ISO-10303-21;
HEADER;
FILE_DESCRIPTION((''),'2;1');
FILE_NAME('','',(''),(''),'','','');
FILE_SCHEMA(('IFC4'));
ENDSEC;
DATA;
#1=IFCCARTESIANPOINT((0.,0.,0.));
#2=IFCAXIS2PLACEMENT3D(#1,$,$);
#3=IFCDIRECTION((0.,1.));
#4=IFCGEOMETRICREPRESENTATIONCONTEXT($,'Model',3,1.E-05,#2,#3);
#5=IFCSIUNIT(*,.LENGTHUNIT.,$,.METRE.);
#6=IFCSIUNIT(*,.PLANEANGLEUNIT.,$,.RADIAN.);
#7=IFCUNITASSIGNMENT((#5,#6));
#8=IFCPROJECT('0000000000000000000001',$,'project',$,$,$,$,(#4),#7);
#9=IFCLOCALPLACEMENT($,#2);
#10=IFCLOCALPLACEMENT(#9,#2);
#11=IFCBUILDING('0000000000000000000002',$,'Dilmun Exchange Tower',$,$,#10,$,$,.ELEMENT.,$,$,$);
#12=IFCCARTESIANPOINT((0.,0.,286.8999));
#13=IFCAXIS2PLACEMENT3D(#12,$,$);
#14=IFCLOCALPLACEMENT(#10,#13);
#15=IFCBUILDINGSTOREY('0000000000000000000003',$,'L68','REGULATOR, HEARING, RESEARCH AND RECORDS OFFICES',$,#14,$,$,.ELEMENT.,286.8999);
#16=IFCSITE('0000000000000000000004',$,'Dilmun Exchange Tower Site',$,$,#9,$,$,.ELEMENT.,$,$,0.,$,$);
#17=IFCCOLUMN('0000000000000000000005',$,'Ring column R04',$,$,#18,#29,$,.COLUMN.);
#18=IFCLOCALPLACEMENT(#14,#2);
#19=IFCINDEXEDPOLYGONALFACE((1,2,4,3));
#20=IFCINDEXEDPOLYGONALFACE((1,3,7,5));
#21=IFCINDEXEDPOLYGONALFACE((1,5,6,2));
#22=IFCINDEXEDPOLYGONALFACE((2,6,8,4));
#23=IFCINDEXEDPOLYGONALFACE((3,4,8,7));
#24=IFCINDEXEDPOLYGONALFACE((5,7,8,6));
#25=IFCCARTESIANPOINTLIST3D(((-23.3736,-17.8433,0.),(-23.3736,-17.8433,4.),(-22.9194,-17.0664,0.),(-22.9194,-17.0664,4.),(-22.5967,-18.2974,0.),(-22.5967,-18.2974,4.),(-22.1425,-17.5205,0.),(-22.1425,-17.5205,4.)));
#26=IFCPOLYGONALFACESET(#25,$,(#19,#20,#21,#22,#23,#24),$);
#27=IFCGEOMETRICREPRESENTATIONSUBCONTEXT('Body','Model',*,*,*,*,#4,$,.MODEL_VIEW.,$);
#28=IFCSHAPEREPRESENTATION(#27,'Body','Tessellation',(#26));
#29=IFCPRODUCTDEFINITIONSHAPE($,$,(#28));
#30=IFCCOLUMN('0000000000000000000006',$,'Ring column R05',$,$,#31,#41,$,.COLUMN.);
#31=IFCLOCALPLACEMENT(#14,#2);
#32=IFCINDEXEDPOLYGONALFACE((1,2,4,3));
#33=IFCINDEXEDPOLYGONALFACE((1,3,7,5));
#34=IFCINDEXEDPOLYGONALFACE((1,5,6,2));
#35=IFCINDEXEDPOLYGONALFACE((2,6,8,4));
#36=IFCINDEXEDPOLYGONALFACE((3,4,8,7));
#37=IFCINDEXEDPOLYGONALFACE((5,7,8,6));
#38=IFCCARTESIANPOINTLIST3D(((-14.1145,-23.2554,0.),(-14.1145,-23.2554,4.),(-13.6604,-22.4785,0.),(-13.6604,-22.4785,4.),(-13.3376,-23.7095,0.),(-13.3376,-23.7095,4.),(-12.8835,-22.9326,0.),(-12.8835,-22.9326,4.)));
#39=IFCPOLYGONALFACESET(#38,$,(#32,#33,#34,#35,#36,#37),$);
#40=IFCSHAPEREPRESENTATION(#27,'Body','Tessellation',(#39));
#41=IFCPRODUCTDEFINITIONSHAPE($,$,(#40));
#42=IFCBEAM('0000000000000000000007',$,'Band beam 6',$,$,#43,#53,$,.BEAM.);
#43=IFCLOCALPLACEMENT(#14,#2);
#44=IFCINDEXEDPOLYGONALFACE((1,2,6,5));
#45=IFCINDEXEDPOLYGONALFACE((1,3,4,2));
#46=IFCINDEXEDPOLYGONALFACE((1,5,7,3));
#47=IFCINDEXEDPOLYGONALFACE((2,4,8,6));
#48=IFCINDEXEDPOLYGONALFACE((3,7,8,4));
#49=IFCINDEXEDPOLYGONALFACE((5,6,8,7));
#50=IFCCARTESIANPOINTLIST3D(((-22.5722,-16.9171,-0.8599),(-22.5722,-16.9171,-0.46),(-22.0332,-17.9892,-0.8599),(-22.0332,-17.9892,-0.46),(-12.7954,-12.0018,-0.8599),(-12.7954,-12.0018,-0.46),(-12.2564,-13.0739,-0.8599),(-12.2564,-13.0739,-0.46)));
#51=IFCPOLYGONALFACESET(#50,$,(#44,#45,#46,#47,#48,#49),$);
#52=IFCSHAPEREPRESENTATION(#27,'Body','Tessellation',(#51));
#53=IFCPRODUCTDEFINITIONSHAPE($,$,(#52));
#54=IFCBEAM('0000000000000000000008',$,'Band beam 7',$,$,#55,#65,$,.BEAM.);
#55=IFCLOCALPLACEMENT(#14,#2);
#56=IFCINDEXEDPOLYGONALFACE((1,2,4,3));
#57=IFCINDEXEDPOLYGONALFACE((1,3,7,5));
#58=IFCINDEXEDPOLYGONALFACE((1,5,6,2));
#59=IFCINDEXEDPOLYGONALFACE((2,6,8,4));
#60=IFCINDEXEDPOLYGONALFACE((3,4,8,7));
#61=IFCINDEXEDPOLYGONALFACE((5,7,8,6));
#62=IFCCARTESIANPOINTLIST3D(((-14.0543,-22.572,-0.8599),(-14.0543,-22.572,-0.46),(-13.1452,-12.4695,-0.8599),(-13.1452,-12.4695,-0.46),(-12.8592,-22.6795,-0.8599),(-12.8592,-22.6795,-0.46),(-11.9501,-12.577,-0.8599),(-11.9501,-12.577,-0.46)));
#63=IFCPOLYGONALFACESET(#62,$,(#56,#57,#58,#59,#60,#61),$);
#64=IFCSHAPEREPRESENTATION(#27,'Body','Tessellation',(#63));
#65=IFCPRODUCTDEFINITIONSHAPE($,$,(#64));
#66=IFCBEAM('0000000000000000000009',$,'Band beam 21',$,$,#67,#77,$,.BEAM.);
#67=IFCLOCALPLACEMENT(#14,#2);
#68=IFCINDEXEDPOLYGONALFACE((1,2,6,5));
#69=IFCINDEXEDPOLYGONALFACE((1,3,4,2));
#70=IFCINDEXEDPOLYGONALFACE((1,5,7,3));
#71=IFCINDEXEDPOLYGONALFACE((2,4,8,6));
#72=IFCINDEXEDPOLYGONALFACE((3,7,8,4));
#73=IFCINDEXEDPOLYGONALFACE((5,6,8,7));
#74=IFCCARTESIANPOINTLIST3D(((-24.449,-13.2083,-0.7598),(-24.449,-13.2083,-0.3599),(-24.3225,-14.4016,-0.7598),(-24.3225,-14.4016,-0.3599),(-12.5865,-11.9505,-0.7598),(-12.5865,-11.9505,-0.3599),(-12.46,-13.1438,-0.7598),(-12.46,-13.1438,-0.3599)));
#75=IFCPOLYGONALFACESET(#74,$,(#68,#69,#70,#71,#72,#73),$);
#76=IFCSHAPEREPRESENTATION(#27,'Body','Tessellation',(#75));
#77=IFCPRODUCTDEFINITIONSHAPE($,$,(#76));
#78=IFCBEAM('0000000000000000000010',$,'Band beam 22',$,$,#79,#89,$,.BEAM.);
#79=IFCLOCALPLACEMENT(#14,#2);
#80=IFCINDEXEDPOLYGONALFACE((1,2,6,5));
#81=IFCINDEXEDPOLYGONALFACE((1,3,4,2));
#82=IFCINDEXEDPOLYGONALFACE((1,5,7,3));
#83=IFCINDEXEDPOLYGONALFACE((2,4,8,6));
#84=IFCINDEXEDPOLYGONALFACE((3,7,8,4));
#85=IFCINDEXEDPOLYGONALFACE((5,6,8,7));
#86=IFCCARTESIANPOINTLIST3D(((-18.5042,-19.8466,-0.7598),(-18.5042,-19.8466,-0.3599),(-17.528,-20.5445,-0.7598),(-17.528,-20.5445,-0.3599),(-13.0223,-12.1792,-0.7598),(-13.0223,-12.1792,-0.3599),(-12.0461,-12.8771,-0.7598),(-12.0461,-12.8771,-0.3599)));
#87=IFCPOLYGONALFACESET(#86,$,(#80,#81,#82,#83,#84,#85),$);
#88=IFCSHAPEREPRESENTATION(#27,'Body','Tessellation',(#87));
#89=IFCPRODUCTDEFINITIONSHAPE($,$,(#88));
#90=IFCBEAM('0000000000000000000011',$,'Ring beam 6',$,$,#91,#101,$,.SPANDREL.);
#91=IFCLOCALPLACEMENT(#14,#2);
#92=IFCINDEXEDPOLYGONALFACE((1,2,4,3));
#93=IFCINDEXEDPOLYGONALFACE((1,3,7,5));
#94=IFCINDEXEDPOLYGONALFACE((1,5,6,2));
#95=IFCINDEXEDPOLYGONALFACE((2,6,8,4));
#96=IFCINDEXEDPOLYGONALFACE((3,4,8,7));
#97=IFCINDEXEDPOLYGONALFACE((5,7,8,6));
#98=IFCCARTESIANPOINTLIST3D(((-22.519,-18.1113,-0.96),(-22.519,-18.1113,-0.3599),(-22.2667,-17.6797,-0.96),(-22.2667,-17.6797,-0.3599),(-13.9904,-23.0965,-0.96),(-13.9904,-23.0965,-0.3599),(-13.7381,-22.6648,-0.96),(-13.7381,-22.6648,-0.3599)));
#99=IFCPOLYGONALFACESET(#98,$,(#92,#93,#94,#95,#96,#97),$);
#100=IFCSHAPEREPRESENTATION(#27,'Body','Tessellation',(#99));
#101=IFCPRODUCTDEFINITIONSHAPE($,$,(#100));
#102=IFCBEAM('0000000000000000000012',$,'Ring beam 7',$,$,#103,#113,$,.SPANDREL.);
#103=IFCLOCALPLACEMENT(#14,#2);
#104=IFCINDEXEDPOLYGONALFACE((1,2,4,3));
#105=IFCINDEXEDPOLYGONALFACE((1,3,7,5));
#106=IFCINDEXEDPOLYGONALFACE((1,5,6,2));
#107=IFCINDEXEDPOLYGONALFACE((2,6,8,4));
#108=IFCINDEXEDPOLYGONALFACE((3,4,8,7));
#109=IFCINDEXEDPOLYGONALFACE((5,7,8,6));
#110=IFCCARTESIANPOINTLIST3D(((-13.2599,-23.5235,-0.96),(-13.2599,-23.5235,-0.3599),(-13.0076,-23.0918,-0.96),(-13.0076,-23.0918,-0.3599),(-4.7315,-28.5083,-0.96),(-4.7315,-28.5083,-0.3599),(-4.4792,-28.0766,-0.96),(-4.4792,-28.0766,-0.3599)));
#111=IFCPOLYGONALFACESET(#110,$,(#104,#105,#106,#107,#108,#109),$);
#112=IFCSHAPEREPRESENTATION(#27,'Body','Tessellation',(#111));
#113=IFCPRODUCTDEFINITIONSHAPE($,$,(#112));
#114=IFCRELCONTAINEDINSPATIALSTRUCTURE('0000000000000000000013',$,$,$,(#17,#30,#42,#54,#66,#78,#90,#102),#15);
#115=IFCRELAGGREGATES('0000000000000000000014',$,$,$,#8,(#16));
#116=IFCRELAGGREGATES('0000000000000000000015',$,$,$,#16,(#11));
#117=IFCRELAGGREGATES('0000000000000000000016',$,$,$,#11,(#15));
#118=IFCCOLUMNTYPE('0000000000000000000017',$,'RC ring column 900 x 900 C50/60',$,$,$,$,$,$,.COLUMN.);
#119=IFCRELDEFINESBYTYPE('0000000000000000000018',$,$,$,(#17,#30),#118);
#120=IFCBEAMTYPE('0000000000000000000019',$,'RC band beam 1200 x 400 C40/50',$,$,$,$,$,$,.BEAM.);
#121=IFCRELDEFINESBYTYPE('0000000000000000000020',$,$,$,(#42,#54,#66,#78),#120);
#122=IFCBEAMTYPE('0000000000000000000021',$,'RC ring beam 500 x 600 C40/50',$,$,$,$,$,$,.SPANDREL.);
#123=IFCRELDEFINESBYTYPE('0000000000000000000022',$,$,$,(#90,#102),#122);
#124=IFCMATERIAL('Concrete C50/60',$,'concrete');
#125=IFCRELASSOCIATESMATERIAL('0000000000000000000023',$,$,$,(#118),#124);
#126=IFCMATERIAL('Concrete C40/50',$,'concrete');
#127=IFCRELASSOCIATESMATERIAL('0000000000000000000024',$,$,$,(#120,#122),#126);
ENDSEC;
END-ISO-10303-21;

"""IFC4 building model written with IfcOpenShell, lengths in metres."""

from ifc_helpers import new_model, si_unit, direction, frame, origin, origin_2d, place, context, subcontext, project, spatial, rectangle, extrude, material, material_profile, profile_set, type_object, element, save


model = new_model("IFC4")

# Units and contexts
model_context = context("Model", 3, precision=1e-05, world=origin(), true_north=direction((0.0, 1.0)))
body_context = subcontext(model_context, "Body", "Model", "MODEL_VIEW")
ifc_project = project(units=[si_unit("LENGTHUNIT", "METRE"), si_unit("PLANEANGLEUNIT", "RADIAN")], contexts=[model_context])

# Site, building, storey
site_placement = place(None, origin())
site = spatial("IfcSite", under=ifc_project, at=site_placement, Name="Dilmun Exchange Tower Site", CompositionType="ELEMENT", RefElevation=0.0)
building_placement = place(site_placement, origin())
building = spatial("IfcBuilding", under=site, at=building_placement, Name="Dilmun Exchange Tower", CompositionType="ELEMENT")
storey_placement = place(building_placement, frame((0.0, 0.0, 286.8999)))
storey = spatial("IfcBuildingStorey", under=building, at=storey_placement, Name="L68", Description="REGULATOR, HEARING, RESEARCH AND RECORDS OFFICES", CompositionType="ELEMENT", Elevation=286.8999)

# Columns
ifc_material_1 = material(Name="Concrete C50/60", Category="concrete")
ifc_material_profile_1 = material_profile(ifc_material_1, rectangle(XDim=0.8999, YDim=0.8999, at=origin_2d()), Name="900 x 900")
ifc_profile_set_1 = profile_set([ifc_material_profile_1], Name="Concrete C50/60")
column_type = type_object("IfcColumnType", Name="RC ring column 900 x 900 C50/60", PredefinedType="COLUMN", material=ifc_profile_set_1)
for number, where, z_axis, x_axis, name in (
    (1, (-22.7581, -17.6819, 0.0), (0.0, 0.0, 1.0), (0.504644, 0.863328, 0.0), "Ring column R04"),
    (2, (-13.499, -23.094, 0.0), (0.0, 0.0, 1.0), (0.504644, 0.863328, 0.0), "Ring column R05"),
):
    element("IfcColumn", number, at=place(storey_placement, frame(where, z_axis=z_axis, x_axis=x_axis)), inside=storey, type_object=column_type, Name=name, PredefinedType="COLUMN", context=body_context, shape_type="SweptSolid", body=[
        extrude(rectangle(XDim=0.8999, YDim=0.8999, at=origin_2d()), origin(), (0.0, 0.0, 1.0), 4.0),
    ])

# Beams
ifc_material_2 = material(Name="Concrete C40/50", Category="concrete")
ifc_material_profile_2 = material_profile(ifc_material_2, rectangle(XDim=1.2, YDim=0.3999, at=origin_2d()), Name="1200 x 400")
ifc_profile_set_2 = profile_set([ifc_material_profile_2], Name="Concrete C40/50")
beam_type_1 = type_object("IfcBeamType", Name="RC band beam 1200 x 400 C40/50", PredefinedType="BEAM", material=ifc_profile_set_2)
beam_1_placement = place(storey_placement, frame((-22.3027, -17.4531, -0.6599), z_axis=(0.893443, 0.449176, 0.0), x_axis=(-0.449176, 0.893443, 0.0)))
element("IfcBeam", 3, at=beam_1_placement, inside=storey, type_object=beam_type_1, Name="Band beam 6", PredefinedType="BEAM", context=body_context, shape_type="SweptSolid", body=[
    extrude(rectangle(XDim=1.2, YDim=0.3999, at=origin_2d()), origin(), (0.0, 0.0, 1.0), 10.9429),
])
beam_2_placement = place(storey_placement, frame((-13.4568, -22.6257, -0.6599), z_axis=(0.089633, 0.995975, 0.0), x_axis=(-0.995975, 0.089633, 0.0)))
element("IfcBeam", 4, at=beam_2_placement, inside=storey, type_object=beam_type_1, Name="Band beam 7", PredefinedType="BEAM", context=body_context, shape_type="SweptSolid", body=[
    extrude(rectangle(XDim=1.2, YDim=0.3999, at=origin_2d()), origin(), (0.0, 0.0, 1.0), 10.1433),
])
beam_3_placement = place(storey_placement, frame((-24.3857, -13.8049, -0.5598), z_axis=(0.994426, 0.105441, 0.0), x_axis=(-0.105441, 0.994426, 0.0)))
element("IfcBeam", 5, at=beam_3_placement, inside=storey, type_object=beam_type_1, Name="Band beam 21", PredefinedType="BEAM", context=body_context, shape_type="SweptSolid", body=[
    extrude(rectangle(XDim=1.2, YDim=0.3999, at=origin_2d()), origin(), (0.0, 0.0, 1.0), 11.929),
])
beam_4_placement = place(storey_placement, frame((-18.0161, -20.1956, -0.5598), z_axis=(0.581601, 0.813474, 0.0), x_axis=(-0.813474, 0.581601, 0.0)))
element("IfcBeam", 6, at=beam_4_placement, inside=storey, type_object=beam_type_1, Name="Band beam 22", PredefinedType="BEAM", context=body_context, shape_type="SweptSolid", body=[
    extrude(rectangle(XDim=1.2, YDim=0.3999, at=origin_2d()), origin(), (0.0, 0.0, 1.0), 9.4255),
])
ifc_material_profile_3 = material_profile(ifc_material_2, rectangle(XDim=0.5, YDim=0.6001, at=origin_2d()), Name="500 x 600")
ifc_profile_set_3 = profile_set([ifc_material_profile_3], Name="Concrete C40/50")
beam_type_2 = type_object("IfcBeamType", Name="RC ring beam 500 x 600 C40/50", PredefinedType="SPANDREL", material=ifc_profile_set_3)
beam_5_placement = place(storey_placement, frame((-22.3928, -17.8955, -0.6599), z_axis=(0.863333, -0.504635, 0.0), x_axis=(0.504635, 0.863333, 0.0)))
element("IfcBeam", 7, at=beam_5_placement, inside=storey, type_object=beam_type_2, Name="Ring beam 6", PredefinedType="SPANDREL", context=body_context, shape_type="SweptSolid", body=[
    extrude(rectangle(XDim=0.5, YDim=0.6001, at=origin_2d()), origin(), (0.0, 0.0, 1.0), 9.8787),
])
beam_6_placement = place(storey_placement, frame((-13.1338, -23.3076, -0.6599), z_axis=(0.863344, -0.504616, 0.0), x_axis=(0.504616, 0.863344, 0.0)))
element("IfcBeam", 8, at=beam_6_placement, inside=storey, type_object=beam_type_2, Name="Ring beam 7", PredefinedType="SPANDREL", context=body_context, shape_type="SweptSolid", body=[
    extrude(rectangle(XDim=0.5, YDim=0.6001, at=origin_2d()), origin(), (0.0, 0.0, 1.0), 9.8784),
])

save(model, "model.ifc")
